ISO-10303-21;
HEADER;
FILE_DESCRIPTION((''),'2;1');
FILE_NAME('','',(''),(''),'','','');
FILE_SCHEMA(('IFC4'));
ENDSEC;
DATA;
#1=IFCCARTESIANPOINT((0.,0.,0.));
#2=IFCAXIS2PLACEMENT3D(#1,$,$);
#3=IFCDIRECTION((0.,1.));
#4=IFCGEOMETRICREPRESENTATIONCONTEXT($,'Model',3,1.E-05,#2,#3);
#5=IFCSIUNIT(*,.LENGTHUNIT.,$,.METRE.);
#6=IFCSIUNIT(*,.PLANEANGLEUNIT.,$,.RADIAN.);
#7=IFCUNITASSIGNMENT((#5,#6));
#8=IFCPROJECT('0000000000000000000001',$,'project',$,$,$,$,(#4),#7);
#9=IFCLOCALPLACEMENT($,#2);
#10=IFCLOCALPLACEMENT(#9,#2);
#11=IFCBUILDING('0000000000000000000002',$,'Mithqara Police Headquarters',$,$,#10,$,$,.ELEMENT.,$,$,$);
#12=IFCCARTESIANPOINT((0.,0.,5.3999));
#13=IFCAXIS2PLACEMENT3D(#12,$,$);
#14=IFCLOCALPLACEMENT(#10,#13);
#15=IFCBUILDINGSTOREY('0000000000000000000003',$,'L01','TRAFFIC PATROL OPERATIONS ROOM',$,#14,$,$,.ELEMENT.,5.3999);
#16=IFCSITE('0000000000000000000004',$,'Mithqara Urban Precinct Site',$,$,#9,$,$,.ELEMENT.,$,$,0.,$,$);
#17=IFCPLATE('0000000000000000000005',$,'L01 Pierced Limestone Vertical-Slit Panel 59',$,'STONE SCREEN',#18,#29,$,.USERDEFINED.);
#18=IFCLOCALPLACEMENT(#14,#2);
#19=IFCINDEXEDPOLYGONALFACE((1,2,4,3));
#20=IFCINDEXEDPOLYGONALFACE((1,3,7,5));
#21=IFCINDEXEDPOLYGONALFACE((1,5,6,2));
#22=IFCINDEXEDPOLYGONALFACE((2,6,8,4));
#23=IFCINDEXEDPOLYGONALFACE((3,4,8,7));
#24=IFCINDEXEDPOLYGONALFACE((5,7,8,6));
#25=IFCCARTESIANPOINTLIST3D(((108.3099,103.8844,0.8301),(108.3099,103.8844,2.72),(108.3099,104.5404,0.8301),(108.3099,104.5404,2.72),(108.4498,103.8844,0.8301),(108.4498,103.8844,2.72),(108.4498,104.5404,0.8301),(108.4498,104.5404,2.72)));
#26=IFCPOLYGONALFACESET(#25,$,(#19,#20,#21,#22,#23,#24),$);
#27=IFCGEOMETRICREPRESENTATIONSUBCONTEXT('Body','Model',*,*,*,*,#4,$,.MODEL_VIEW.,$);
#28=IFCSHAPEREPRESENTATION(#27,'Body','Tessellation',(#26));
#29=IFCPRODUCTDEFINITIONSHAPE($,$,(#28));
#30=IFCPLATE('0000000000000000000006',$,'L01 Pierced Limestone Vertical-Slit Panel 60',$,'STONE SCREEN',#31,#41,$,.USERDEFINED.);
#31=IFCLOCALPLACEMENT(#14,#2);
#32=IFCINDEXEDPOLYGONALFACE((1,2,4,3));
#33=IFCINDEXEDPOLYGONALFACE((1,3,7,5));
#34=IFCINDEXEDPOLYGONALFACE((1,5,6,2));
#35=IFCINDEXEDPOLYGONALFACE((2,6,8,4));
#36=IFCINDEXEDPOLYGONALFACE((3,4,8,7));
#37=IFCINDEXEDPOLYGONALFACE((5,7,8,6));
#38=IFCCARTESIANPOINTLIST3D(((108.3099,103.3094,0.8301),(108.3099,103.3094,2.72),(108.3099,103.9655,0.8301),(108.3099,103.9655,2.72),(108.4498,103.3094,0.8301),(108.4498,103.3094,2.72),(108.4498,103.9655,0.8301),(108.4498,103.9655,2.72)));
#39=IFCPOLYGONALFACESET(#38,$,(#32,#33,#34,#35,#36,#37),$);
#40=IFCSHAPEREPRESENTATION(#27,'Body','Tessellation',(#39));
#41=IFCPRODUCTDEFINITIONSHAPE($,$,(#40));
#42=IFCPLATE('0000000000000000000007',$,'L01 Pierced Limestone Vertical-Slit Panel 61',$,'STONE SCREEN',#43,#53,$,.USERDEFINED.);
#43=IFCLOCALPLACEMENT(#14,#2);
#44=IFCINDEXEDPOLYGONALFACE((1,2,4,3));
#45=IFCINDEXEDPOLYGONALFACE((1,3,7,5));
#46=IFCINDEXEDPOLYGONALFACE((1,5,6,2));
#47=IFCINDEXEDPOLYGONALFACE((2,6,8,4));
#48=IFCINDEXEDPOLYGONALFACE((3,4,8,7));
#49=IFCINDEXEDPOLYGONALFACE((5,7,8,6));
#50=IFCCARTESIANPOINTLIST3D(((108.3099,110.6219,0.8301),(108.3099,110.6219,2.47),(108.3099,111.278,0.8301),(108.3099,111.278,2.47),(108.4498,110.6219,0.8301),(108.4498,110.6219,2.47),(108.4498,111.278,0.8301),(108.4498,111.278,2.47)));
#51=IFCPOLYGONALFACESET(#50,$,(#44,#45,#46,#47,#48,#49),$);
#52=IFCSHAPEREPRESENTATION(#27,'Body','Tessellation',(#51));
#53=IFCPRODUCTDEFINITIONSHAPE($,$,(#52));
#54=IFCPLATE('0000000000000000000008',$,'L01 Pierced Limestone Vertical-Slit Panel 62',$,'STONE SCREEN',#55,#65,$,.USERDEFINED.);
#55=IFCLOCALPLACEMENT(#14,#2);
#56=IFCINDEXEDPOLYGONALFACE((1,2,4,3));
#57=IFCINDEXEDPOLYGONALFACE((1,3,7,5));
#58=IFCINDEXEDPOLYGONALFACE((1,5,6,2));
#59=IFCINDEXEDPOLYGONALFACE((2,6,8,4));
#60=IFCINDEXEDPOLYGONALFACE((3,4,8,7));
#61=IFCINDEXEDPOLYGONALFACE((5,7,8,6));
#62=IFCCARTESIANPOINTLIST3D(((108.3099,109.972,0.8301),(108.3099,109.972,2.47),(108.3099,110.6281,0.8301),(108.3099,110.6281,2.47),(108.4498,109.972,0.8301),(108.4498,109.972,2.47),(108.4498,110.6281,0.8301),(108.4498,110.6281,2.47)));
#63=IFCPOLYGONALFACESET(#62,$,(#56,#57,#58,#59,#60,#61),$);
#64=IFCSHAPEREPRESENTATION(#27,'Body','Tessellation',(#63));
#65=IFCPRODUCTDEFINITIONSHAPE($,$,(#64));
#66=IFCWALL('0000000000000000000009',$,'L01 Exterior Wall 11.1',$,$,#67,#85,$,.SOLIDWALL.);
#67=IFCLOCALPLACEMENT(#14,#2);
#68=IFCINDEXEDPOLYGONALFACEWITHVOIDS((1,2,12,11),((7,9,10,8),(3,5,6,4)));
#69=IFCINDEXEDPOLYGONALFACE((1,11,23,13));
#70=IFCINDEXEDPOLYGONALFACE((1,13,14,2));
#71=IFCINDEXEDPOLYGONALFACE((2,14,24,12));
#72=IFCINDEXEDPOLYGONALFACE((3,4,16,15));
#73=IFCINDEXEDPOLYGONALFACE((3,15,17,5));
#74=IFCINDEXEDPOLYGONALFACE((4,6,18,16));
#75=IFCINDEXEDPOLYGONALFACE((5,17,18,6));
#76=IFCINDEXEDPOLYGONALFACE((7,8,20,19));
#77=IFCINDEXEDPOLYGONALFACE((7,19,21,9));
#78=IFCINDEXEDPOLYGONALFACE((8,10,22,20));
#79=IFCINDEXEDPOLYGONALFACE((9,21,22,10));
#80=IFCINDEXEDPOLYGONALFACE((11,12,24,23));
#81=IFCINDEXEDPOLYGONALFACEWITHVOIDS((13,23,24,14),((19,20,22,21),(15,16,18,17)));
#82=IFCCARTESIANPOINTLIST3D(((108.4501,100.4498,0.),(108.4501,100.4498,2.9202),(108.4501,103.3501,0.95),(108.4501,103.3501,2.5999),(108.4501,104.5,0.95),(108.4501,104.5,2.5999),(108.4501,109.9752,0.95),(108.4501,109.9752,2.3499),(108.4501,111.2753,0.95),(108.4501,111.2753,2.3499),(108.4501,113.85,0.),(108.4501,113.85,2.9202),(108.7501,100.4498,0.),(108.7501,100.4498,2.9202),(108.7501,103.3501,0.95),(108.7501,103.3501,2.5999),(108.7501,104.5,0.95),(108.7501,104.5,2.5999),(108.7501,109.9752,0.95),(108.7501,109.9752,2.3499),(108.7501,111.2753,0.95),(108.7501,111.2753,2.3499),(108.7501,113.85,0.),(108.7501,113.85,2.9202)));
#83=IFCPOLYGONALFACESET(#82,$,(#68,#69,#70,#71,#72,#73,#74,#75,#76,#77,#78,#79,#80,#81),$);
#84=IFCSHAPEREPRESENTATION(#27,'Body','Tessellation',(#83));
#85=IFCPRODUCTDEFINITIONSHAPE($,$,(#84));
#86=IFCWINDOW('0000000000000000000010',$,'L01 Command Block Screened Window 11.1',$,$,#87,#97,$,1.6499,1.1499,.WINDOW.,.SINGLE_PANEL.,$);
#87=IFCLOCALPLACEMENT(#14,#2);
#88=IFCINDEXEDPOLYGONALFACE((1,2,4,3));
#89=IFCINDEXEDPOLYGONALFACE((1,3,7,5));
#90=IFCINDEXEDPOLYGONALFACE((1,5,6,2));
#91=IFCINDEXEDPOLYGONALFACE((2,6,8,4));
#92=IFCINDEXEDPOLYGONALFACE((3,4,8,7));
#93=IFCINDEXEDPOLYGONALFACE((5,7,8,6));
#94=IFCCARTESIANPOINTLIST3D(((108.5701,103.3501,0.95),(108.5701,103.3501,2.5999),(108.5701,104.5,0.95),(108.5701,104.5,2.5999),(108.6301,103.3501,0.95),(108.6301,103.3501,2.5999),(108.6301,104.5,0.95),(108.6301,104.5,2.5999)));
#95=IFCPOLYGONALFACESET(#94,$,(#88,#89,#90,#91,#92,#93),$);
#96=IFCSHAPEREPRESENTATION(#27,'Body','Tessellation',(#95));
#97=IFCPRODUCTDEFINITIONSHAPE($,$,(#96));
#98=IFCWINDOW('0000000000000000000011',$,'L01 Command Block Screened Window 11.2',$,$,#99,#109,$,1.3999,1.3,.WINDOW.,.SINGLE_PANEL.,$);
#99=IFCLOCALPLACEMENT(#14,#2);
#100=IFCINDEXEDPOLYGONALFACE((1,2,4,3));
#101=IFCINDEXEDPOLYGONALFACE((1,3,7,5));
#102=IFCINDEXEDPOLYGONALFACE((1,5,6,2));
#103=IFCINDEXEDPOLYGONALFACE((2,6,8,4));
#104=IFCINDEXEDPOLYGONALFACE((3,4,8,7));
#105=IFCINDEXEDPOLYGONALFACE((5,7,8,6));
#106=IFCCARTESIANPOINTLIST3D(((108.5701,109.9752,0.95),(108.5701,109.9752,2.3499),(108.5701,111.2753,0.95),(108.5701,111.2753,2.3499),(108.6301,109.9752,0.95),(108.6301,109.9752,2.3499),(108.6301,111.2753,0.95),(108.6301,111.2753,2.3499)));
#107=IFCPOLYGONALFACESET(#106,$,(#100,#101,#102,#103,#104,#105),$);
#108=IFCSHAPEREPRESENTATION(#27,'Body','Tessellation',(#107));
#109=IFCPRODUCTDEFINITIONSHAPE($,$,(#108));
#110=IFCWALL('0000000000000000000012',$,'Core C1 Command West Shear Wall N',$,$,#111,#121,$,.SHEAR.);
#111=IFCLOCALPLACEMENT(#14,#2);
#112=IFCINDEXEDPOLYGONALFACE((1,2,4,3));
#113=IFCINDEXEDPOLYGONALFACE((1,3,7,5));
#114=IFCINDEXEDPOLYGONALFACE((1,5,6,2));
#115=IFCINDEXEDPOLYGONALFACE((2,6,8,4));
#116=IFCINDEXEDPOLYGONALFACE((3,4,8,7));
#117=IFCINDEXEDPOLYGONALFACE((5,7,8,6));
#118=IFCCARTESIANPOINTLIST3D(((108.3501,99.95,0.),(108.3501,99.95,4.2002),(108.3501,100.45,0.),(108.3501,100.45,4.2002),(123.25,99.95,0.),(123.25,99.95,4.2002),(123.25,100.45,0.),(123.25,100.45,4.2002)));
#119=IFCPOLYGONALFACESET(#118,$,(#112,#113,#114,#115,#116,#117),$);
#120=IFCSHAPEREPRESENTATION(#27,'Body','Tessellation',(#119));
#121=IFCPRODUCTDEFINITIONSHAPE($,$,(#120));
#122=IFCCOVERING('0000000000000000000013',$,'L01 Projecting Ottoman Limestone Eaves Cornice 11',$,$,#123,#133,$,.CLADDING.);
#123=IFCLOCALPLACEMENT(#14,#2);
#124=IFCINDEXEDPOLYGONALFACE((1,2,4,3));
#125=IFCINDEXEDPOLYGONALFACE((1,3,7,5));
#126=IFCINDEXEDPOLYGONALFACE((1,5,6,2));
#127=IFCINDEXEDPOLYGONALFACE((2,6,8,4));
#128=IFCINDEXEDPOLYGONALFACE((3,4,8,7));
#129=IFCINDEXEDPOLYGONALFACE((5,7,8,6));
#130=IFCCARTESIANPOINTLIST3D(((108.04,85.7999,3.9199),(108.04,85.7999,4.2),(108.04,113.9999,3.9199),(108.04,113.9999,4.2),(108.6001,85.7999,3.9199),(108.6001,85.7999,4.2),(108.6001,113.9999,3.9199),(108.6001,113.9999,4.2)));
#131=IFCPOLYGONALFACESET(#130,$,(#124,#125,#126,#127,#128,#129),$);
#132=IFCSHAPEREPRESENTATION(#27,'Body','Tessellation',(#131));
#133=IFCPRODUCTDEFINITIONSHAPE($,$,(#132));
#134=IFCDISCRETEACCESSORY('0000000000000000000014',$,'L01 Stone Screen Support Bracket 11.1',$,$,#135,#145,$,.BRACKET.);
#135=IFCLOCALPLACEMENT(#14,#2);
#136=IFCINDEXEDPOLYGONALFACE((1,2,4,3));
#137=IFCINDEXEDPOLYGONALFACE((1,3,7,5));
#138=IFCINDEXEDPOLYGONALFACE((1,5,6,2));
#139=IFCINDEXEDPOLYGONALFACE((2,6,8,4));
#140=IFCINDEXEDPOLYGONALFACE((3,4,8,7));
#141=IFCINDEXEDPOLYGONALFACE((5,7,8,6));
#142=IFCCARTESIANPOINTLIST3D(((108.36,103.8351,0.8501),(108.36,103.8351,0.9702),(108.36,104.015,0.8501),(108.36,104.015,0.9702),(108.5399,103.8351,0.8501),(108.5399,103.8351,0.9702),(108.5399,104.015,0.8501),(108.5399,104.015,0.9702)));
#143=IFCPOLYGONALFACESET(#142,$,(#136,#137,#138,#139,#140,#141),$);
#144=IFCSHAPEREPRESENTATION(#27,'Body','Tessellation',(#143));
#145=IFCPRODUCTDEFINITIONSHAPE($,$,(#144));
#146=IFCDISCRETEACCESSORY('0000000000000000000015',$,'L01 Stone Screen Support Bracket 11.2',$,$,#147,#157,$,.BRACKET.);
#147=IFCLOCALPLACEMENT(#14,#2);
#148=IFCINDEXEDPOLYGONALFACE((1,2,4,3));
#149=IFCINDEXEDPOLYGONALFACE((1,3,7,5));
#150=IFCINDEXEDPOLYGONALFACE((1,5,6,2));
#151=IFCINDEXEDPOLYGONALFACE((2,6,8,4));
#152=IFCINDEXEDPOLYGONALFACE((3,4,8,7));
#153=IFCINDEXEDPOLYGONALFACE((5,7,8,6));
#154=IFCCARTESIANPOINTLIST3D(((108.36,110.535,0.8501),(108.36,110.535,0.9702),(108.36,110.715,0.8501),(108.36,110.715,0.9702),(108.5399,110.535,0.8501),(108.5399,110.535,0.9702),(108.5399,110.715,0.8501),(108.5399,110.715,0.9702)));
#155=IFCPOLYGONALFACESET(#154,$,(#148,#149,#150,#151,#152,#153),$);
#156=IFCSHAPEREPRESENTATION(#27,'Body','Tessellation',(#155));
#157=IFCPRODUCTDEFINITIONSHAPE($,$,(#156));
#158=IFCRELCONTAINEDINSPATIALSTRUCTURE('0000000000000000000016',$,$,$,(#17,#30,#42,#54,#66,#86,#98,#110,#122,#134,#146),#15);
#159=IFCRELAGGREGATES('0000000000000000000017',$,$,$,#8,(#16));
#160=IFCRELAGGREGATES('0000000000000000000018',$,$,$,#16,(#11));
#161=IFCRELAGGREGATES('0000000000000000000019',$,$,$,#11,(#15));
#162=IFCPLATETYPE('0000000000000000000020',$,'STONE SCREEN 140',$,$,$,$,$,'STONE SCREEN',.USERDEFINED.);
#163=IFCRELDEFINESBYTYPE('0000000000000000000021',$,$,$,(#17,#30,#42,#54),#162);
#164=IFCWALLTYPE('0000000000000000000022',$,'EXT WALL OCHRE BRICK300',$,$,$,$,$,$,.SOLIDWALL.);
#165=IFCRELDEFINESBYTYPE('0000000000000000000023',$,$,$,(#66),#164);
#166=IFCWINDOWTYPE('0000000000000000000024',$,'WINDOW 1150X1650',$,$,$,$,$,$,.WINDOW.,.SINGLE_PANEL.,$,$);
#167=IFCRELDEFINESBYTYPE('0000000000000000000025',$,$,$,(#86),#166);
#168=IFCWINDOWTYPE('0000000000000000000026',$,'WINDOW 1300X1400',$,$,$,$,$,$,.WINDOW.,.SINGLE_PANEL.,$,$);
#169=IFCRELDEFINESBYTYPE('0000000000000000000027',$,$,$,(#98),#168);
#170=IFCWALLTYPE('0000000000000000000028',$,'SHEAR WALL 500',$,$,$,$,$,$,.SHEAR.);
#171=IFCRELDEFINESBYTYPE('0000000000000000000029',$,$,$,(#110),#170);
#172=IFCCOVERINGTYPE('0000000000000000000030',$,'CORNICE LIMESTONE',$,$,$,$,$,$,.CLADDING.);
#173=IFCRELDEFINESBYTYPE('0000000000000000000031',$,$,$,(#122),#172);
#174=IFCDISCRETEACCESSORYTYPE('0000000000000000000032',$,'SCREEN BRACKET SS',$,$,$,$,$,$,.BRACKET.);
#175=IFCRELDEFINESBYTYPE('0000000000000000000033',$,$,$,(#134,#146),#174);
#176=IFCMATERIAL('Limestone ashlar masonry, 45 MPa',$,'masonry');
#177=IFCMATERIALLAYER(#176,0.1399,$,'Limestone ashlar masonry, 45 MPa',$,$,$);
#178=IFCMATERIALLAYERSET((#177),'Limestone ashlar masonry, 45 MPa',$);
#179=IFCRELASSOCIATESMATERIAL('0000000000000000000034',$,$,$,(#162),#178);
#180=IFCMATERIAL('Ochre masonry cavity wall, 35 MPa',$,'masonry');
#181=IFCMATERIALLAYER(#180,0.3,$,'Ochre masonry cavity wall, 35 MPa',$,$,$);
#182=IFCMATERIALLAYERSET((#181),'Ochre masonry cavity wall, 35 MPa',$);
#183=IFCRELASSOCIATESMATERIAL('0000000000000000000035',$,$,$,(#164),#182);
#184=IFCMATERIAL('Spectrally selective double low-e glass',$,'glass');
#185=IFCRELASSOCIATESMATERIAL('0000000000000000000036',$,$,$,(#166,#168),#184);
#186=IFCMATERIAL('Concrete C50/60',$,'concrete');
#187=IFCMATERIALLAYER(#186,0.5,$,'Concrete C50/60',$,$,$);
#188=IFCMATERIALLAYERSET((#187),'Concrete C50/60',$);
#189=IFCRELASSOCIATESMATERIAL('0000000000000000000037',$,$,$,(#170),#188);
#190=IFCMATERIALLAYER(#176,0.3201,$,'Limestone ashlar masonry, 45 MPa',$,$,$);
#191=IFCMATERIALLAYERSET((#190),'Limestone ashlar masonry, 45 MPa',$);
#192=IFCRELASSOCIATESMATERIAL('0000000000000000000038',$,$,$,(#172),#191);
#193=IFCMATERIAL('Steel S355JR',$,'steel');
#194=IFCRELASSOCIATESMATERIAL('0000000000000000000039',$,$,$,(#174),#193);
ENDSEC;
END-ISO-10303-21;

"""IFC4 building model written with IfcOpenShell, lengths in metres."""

from ifc_helpers import new_model, si_unit, direction, frame, frame_2d, origin, origin_2d, place, context, subcontext, project, spatial, rectangle, extrude, material, layer, layer_set, type_object, element, fill, save


model = new_model("IFC4")

# Units and contexts
model_context = context("Model", 3, precision=1e-05, world=origin(), true_north=direction((0.0, 1.0)))
body_context = subcontext(model_context, "Body", "Model", "MODEL_VIEW")
ifc_project = project(units=[si_unit("LENGTHUNIT", "METRE"), si_unit("PLANEANGLEUNIT", "RADIAN")], contexts=[model_context])

# Site, building, storey
site_placement = place(None, origin())
site = spatial("IfcSite", under=ifc_project, at=site_placement, Name="Mithqara Urban Precinct Site", CompositionType="ELEMENT", RefElevation=0.0)
building_placement = place(site_placement, origin())
building = spatial("IfcBuilding", under=site, at=building_placement, Name="Mithqara Police Headquarters", CompositionType="ELEMENT")
storey_placement = place(building_placement, frame((0.0, 0.0, 5.3999)))
storey = spatial("IfcBuildingStorey", under=building, at=storey_placement, Name="L01", Description="TRAFFIC PATROL OPERATIONS ROOM", CompositionType="ELEMENT", Elevation=5.3999)

# Shared definitions
ifc_material_1 = material(Name="Concrete C50/60", Category="concrete")

# Shared definitions
ifc_material_2 = material(Name="Spectrally selective double low-e glass", Category="glass")

# Plates
ifc_material_3 = material(Name="Limestone ashlar masonry, 45 MPa", Category="masonry")
ifc_layer_1 = layer(ifc_material_3, 0.1399, Name="Limestone ashlar masonry, 45 MPa")
ifc_layer_set_1 = layer_set([ifc_layer_1], Name="Limestone ashlar masonry, 45 MPa")
plate_type_1 = type_object("IfcPlateType", Name="STONE SCREEN 140", ElementType="STONE SCREEN", PredefinedType="USERDEFINED", material=ifc_layer_set_1)
for number, where, z_axis, x_axis, name in (
    (1, (108.3799, 104.2124, 0.8301), (0.0, 0.0, 1.0), (0.0, 1.0, 0.0), "L01 Pierced Limestone Vertical-Slit Panel 59"),
    (2, (108.3799, 103.6375, 0.8301), (0.0, 0.0, 1.0), (0.0, 1.0, 0.0), "L01 Pierced Limestone Vertical-Slit Panel 60"),
):
    element("IfcPlate", number, at=place(storey_placement, frame(where, z_axis=z_axis, x_axis=x_axis)), inside=storey, type_object=plate_type_1, Name=name, ObjectType="STONE SCREEN", PredefinedType="USERDEFINED", context=body_context, shape_type="SweptSolid", body=[
        extrude(rectangle(XDim=0.656, YDim=0.1399, at=origin_2d()), origin(), (0.0, 0.0, 1.0), 1.8899),
    ])
for number, where, z_axis, x_axis, name in (
    (3, (108.3799, 110.95, 0.8301), (0.0, 0.0, 1.0), (0.0, 1.0, 0.0), "L01 Pierced Limestone Vertical-Slit Panel 61"),
    (4, (108.3799, 110.3, 0.8301), (0.0, 0.0, 1.0), (0.0, 1.0, 0.0), "L01 Pierced Limestone Vertical-Slit Panel 62"),
):
    element("IfcPlate", number, at=place(storey_placement, frame(where, z_axis=z_axis, x_axis=x_axis)), inside=storey, type_object=plate_type_1, Name=name, ObjectType="STONE SCREEN", PredefinedType="USERDEFINED", context=body_context, shape_type="SweptSolid", body=[
        extrude(rectangle(XDim=0.656, YDim=0.1399, at=origin_2d()), origin(), (0.0, 0.0, 1.0), 1.6399),
    ])

# Wall, openings, windows
ifc_material_4 = material(Name="Ochre masonry cavity wall, 35 MPa", Category="masonry")
ifc_layer_2 = layer(ifc_material_4, 0.3, Name="Ochre masonry cavity wall, 35 MPa")
ifc_layer_set_2 = layer_set([ifc_layer_2], Name="Ochre masonry cavity wall, 35 MPa")
wall_type_1 = type_object("IfcWallType", Name="EXT WALL OCHRE BRICK300", PredefinedType="SOLIDWALL", material=ifc_layer_set_2)
wall_1_placement = place(storey_placement, frame((108.6001, 113.8501, 0.0), z_axis=(0.0, 0.0, 1.0), x_axis=(0.0, -1.0, 0.0)))
wall_1 = element("IfcWall", 5, at=wall_1_placement, inside=storey, type_object=wall_type_1, Name="L01 Exterior Wall 11.1", PredefinedType="SOLIDWALL", context=body_context, shape_type="SweptSolid", body=[
    extrude(rectangle(XDim=13.4001, YDim=0.3, at=frame_2d((6.7002, 0.0))), origin(), (0.0, 0.0, 1.0), 2.9202),
])
opening_1_placement = place(wall_1_placement, frame((9.3501, 0.0, 0.95)))
opening_1 = element("IfcOpeningElement", 6, at=opening_1_placement, cuts=wall_1, PredefinedType="OPENING", context=body_context, shape_type="SweptSolid", body=[
    extrude(rectangle(XDim=1.1499, YDim=1.6499, at=frame_2d((0.575, 0.825))), frame((0.0, 0.1602, 0.0), z_axis=(0.0, -1.0, 0.0), x_axis=(1.0, 0.0, 0.0)), (0.0, 0.0, 1.0), 0.3201),
])
opening_2_placement = place(wall_1_placement, frame((2.575, 0.0, 0.95)))
opening_2 = element("IfcOpeningElement", 7, at=opening_2_placement, cuts=wall_1, PredefinedType="OPENING", context=body_context, shape_type="SweptSolid", body=[
    extrude(rectangle(XDim=1.3, YDim=1.3999, at=frame_2d((0.6499, 0.7))), frame((0.0, 0.1602, 0.0), z_axis=(0.0, -1.0, 0.0), x_axis=(1.0, 0.0, 0.0)), (0.0, 0.0, 1.0), 0.3201),
])
window_type_1 = type_object("IfcWindowType", Name="WINDOW 1150X1650", PartitioningType="SINGLE_PANEL", PredefinedType="WINDOW", material=ifc_material_2)
window_1_placement = place(opening_1_placement, origin())
window_1 = element("IfcWindow", 8, at=window_1_placement, inside=storey, type_object=window_type_1, Name="L01 Command Block Screened Window 11.1", OverallHeight=1.6499, OverallWidth=1.1499, PartitioningType="SINGLE_PANEL", PredefinedType="WINDOW", context=body_context, shape_type="SweptSolid", body=[
    extrude(rectangle(XDim=1.1499, YDim=1.6499, at=frame_2d((0.575, 0.825))), frame((0.0, 0.03, 0.0), z_axis=(0.0, -1.0, 0.0), x_axis=(1.0, 0.0, 0.0)), (0.0, 0.0, 1.0), 0.0601),
])
fill(opening_1, window_1)
window_type_2 = type_object("IfcWindowType", Name="WINDOW 1300X1400", PartitioningType="SINGLE_PANEL", PredefinedType="WINDOW", material=ifc_material_2)
window_2_placement = place(opening_2_placement, origin())
window_2 = element("IfcWindow", 9, at=window_2_placement, inside=storey, type_object=window_type_2, Name="L01 Command Block Screened Window 11.2", OverallHeight=1.3999, OverallWidth=1.3, PartitioningType="SINGLE_PANEL", PredefinedType="WINDOW", context=body_context, shape_type="SweptSolid", body=[
    extrude(rectangle(XDim=1.3, YDim=1.3999, at=frame_2d((0.6499, 0.7))), frame((0.0, 0.03, 0.0), z_axis=(0.0, -1.0, 0.0), x_axis=(1.0, 0.0, 0.0)), (0.0, 0.0, 1.0), 0.0601),
])
fill(opening_2, window_2)

# Wall
ifc_layer_3 = layer(ifc_material_1, 0.5, Name="Concrete C50/60")
ifc_layer_set_3 = layer_set([ifc_layer_3], Name="Concrete C50/60")
wall_type_2 = type_object("IfcWallType", Name="SHEAR WALL 500", PredefinedType="SHEAR", material=ifc_layer_set_3)
wall_2_placement = place(storey_placement, frame((108.3501, 100.2, 0.0), z_axis=(0.0, 0.0, 1.0), x_axis=(1.0, 0.0, 0.0)))
element("IfcWall", 10, at=wall_2_placement, inside=storey, type_object=wall_type_2, Name="Core C1 Command West Shear Wall N", PredefinedType="SHEAR", context=body_context, shape_type="SweptSolid", body=[
    extrude(rectangle(XDim=14.8999, YDim=0.5, at=frame_2d((7.45, 0.0))), origin(), (0.0, 0.0, 1.0), 4.2002),
])

# Covering
ifc_layer_4 = layer(ifc_material_3, 0.3201, Name="Limestone ashlar masonry, 45 MPa")
ifc_layer_set_4 = layer_set([ifc_layer_4], Name="Limestone ashlar masonry, 45 MPa")
covering_type = type_object("IfcCoveringType", Name="CORNICE LIMESTONE", PredefinedType="CLADDING", material=ifc_layer_set_4)
covering_placement = place(storey_placement, frame((108.3201, 99.8999, 3.9199), z_axis=(0.0, 0.0, 1.0), x_axis=(0.0, 1.0, 0.0)))
element("IfcCovering", 11, at=covering_placement, inside=storey, type_object=covering_type, Name="L01 Projecting Ottoman Limestone Eaves Cornice 11", PredefinedType="CLADDING", context=body_context, shape_type="SweptSolid", body=[
    extrude(rectangle(XDim=28.2, YDim=0.5601, at=origin_2d()), origin(), (0.0, 0.0, 1.0), 0.28),
])

# Discrete accessories
ifc_material_5 = material(Name="Steel S355JR", Category="steel")
discrete_accessory_type = type_object("IfcDiscreteAccessoryType", Name="SCREEN BRACKET SS", PredefinedType="BRACKET", material=ifc_material_5)
for number, where, z_axis, x_axis, name in (
    (12, (108.45, 103.925, 0.8501), (0.0, 0.0, 1.0), (0.0, 1.0, 0.0), "L01 Stone Screen Support Bracket 11.1"),
    (13, (108.45, 110.625, 0.8501), (0.0, 0.0, 1.0), (0.0, 1.0, 0.0), "L01 Stone Screen Support Bracket 11.2"),
):
    element("IfcDiscreteAccessory", number, at=place(storey_placement, frame(where, z_axis=z_axis, x_axis=x_axis)), inside=storey, type_object=discrete_accessory_type, Name=name, PredefinedType="BRACKET", context=body_context, shape_type="SweptSolid", body=[
        extrude(rectangle(XDim=0.1799, YDim=0.1799, at=origin_2d()), origin(), (0.0, 0.0, 1.0), 0.1201),
    ])

save(model, "model.ifc")
